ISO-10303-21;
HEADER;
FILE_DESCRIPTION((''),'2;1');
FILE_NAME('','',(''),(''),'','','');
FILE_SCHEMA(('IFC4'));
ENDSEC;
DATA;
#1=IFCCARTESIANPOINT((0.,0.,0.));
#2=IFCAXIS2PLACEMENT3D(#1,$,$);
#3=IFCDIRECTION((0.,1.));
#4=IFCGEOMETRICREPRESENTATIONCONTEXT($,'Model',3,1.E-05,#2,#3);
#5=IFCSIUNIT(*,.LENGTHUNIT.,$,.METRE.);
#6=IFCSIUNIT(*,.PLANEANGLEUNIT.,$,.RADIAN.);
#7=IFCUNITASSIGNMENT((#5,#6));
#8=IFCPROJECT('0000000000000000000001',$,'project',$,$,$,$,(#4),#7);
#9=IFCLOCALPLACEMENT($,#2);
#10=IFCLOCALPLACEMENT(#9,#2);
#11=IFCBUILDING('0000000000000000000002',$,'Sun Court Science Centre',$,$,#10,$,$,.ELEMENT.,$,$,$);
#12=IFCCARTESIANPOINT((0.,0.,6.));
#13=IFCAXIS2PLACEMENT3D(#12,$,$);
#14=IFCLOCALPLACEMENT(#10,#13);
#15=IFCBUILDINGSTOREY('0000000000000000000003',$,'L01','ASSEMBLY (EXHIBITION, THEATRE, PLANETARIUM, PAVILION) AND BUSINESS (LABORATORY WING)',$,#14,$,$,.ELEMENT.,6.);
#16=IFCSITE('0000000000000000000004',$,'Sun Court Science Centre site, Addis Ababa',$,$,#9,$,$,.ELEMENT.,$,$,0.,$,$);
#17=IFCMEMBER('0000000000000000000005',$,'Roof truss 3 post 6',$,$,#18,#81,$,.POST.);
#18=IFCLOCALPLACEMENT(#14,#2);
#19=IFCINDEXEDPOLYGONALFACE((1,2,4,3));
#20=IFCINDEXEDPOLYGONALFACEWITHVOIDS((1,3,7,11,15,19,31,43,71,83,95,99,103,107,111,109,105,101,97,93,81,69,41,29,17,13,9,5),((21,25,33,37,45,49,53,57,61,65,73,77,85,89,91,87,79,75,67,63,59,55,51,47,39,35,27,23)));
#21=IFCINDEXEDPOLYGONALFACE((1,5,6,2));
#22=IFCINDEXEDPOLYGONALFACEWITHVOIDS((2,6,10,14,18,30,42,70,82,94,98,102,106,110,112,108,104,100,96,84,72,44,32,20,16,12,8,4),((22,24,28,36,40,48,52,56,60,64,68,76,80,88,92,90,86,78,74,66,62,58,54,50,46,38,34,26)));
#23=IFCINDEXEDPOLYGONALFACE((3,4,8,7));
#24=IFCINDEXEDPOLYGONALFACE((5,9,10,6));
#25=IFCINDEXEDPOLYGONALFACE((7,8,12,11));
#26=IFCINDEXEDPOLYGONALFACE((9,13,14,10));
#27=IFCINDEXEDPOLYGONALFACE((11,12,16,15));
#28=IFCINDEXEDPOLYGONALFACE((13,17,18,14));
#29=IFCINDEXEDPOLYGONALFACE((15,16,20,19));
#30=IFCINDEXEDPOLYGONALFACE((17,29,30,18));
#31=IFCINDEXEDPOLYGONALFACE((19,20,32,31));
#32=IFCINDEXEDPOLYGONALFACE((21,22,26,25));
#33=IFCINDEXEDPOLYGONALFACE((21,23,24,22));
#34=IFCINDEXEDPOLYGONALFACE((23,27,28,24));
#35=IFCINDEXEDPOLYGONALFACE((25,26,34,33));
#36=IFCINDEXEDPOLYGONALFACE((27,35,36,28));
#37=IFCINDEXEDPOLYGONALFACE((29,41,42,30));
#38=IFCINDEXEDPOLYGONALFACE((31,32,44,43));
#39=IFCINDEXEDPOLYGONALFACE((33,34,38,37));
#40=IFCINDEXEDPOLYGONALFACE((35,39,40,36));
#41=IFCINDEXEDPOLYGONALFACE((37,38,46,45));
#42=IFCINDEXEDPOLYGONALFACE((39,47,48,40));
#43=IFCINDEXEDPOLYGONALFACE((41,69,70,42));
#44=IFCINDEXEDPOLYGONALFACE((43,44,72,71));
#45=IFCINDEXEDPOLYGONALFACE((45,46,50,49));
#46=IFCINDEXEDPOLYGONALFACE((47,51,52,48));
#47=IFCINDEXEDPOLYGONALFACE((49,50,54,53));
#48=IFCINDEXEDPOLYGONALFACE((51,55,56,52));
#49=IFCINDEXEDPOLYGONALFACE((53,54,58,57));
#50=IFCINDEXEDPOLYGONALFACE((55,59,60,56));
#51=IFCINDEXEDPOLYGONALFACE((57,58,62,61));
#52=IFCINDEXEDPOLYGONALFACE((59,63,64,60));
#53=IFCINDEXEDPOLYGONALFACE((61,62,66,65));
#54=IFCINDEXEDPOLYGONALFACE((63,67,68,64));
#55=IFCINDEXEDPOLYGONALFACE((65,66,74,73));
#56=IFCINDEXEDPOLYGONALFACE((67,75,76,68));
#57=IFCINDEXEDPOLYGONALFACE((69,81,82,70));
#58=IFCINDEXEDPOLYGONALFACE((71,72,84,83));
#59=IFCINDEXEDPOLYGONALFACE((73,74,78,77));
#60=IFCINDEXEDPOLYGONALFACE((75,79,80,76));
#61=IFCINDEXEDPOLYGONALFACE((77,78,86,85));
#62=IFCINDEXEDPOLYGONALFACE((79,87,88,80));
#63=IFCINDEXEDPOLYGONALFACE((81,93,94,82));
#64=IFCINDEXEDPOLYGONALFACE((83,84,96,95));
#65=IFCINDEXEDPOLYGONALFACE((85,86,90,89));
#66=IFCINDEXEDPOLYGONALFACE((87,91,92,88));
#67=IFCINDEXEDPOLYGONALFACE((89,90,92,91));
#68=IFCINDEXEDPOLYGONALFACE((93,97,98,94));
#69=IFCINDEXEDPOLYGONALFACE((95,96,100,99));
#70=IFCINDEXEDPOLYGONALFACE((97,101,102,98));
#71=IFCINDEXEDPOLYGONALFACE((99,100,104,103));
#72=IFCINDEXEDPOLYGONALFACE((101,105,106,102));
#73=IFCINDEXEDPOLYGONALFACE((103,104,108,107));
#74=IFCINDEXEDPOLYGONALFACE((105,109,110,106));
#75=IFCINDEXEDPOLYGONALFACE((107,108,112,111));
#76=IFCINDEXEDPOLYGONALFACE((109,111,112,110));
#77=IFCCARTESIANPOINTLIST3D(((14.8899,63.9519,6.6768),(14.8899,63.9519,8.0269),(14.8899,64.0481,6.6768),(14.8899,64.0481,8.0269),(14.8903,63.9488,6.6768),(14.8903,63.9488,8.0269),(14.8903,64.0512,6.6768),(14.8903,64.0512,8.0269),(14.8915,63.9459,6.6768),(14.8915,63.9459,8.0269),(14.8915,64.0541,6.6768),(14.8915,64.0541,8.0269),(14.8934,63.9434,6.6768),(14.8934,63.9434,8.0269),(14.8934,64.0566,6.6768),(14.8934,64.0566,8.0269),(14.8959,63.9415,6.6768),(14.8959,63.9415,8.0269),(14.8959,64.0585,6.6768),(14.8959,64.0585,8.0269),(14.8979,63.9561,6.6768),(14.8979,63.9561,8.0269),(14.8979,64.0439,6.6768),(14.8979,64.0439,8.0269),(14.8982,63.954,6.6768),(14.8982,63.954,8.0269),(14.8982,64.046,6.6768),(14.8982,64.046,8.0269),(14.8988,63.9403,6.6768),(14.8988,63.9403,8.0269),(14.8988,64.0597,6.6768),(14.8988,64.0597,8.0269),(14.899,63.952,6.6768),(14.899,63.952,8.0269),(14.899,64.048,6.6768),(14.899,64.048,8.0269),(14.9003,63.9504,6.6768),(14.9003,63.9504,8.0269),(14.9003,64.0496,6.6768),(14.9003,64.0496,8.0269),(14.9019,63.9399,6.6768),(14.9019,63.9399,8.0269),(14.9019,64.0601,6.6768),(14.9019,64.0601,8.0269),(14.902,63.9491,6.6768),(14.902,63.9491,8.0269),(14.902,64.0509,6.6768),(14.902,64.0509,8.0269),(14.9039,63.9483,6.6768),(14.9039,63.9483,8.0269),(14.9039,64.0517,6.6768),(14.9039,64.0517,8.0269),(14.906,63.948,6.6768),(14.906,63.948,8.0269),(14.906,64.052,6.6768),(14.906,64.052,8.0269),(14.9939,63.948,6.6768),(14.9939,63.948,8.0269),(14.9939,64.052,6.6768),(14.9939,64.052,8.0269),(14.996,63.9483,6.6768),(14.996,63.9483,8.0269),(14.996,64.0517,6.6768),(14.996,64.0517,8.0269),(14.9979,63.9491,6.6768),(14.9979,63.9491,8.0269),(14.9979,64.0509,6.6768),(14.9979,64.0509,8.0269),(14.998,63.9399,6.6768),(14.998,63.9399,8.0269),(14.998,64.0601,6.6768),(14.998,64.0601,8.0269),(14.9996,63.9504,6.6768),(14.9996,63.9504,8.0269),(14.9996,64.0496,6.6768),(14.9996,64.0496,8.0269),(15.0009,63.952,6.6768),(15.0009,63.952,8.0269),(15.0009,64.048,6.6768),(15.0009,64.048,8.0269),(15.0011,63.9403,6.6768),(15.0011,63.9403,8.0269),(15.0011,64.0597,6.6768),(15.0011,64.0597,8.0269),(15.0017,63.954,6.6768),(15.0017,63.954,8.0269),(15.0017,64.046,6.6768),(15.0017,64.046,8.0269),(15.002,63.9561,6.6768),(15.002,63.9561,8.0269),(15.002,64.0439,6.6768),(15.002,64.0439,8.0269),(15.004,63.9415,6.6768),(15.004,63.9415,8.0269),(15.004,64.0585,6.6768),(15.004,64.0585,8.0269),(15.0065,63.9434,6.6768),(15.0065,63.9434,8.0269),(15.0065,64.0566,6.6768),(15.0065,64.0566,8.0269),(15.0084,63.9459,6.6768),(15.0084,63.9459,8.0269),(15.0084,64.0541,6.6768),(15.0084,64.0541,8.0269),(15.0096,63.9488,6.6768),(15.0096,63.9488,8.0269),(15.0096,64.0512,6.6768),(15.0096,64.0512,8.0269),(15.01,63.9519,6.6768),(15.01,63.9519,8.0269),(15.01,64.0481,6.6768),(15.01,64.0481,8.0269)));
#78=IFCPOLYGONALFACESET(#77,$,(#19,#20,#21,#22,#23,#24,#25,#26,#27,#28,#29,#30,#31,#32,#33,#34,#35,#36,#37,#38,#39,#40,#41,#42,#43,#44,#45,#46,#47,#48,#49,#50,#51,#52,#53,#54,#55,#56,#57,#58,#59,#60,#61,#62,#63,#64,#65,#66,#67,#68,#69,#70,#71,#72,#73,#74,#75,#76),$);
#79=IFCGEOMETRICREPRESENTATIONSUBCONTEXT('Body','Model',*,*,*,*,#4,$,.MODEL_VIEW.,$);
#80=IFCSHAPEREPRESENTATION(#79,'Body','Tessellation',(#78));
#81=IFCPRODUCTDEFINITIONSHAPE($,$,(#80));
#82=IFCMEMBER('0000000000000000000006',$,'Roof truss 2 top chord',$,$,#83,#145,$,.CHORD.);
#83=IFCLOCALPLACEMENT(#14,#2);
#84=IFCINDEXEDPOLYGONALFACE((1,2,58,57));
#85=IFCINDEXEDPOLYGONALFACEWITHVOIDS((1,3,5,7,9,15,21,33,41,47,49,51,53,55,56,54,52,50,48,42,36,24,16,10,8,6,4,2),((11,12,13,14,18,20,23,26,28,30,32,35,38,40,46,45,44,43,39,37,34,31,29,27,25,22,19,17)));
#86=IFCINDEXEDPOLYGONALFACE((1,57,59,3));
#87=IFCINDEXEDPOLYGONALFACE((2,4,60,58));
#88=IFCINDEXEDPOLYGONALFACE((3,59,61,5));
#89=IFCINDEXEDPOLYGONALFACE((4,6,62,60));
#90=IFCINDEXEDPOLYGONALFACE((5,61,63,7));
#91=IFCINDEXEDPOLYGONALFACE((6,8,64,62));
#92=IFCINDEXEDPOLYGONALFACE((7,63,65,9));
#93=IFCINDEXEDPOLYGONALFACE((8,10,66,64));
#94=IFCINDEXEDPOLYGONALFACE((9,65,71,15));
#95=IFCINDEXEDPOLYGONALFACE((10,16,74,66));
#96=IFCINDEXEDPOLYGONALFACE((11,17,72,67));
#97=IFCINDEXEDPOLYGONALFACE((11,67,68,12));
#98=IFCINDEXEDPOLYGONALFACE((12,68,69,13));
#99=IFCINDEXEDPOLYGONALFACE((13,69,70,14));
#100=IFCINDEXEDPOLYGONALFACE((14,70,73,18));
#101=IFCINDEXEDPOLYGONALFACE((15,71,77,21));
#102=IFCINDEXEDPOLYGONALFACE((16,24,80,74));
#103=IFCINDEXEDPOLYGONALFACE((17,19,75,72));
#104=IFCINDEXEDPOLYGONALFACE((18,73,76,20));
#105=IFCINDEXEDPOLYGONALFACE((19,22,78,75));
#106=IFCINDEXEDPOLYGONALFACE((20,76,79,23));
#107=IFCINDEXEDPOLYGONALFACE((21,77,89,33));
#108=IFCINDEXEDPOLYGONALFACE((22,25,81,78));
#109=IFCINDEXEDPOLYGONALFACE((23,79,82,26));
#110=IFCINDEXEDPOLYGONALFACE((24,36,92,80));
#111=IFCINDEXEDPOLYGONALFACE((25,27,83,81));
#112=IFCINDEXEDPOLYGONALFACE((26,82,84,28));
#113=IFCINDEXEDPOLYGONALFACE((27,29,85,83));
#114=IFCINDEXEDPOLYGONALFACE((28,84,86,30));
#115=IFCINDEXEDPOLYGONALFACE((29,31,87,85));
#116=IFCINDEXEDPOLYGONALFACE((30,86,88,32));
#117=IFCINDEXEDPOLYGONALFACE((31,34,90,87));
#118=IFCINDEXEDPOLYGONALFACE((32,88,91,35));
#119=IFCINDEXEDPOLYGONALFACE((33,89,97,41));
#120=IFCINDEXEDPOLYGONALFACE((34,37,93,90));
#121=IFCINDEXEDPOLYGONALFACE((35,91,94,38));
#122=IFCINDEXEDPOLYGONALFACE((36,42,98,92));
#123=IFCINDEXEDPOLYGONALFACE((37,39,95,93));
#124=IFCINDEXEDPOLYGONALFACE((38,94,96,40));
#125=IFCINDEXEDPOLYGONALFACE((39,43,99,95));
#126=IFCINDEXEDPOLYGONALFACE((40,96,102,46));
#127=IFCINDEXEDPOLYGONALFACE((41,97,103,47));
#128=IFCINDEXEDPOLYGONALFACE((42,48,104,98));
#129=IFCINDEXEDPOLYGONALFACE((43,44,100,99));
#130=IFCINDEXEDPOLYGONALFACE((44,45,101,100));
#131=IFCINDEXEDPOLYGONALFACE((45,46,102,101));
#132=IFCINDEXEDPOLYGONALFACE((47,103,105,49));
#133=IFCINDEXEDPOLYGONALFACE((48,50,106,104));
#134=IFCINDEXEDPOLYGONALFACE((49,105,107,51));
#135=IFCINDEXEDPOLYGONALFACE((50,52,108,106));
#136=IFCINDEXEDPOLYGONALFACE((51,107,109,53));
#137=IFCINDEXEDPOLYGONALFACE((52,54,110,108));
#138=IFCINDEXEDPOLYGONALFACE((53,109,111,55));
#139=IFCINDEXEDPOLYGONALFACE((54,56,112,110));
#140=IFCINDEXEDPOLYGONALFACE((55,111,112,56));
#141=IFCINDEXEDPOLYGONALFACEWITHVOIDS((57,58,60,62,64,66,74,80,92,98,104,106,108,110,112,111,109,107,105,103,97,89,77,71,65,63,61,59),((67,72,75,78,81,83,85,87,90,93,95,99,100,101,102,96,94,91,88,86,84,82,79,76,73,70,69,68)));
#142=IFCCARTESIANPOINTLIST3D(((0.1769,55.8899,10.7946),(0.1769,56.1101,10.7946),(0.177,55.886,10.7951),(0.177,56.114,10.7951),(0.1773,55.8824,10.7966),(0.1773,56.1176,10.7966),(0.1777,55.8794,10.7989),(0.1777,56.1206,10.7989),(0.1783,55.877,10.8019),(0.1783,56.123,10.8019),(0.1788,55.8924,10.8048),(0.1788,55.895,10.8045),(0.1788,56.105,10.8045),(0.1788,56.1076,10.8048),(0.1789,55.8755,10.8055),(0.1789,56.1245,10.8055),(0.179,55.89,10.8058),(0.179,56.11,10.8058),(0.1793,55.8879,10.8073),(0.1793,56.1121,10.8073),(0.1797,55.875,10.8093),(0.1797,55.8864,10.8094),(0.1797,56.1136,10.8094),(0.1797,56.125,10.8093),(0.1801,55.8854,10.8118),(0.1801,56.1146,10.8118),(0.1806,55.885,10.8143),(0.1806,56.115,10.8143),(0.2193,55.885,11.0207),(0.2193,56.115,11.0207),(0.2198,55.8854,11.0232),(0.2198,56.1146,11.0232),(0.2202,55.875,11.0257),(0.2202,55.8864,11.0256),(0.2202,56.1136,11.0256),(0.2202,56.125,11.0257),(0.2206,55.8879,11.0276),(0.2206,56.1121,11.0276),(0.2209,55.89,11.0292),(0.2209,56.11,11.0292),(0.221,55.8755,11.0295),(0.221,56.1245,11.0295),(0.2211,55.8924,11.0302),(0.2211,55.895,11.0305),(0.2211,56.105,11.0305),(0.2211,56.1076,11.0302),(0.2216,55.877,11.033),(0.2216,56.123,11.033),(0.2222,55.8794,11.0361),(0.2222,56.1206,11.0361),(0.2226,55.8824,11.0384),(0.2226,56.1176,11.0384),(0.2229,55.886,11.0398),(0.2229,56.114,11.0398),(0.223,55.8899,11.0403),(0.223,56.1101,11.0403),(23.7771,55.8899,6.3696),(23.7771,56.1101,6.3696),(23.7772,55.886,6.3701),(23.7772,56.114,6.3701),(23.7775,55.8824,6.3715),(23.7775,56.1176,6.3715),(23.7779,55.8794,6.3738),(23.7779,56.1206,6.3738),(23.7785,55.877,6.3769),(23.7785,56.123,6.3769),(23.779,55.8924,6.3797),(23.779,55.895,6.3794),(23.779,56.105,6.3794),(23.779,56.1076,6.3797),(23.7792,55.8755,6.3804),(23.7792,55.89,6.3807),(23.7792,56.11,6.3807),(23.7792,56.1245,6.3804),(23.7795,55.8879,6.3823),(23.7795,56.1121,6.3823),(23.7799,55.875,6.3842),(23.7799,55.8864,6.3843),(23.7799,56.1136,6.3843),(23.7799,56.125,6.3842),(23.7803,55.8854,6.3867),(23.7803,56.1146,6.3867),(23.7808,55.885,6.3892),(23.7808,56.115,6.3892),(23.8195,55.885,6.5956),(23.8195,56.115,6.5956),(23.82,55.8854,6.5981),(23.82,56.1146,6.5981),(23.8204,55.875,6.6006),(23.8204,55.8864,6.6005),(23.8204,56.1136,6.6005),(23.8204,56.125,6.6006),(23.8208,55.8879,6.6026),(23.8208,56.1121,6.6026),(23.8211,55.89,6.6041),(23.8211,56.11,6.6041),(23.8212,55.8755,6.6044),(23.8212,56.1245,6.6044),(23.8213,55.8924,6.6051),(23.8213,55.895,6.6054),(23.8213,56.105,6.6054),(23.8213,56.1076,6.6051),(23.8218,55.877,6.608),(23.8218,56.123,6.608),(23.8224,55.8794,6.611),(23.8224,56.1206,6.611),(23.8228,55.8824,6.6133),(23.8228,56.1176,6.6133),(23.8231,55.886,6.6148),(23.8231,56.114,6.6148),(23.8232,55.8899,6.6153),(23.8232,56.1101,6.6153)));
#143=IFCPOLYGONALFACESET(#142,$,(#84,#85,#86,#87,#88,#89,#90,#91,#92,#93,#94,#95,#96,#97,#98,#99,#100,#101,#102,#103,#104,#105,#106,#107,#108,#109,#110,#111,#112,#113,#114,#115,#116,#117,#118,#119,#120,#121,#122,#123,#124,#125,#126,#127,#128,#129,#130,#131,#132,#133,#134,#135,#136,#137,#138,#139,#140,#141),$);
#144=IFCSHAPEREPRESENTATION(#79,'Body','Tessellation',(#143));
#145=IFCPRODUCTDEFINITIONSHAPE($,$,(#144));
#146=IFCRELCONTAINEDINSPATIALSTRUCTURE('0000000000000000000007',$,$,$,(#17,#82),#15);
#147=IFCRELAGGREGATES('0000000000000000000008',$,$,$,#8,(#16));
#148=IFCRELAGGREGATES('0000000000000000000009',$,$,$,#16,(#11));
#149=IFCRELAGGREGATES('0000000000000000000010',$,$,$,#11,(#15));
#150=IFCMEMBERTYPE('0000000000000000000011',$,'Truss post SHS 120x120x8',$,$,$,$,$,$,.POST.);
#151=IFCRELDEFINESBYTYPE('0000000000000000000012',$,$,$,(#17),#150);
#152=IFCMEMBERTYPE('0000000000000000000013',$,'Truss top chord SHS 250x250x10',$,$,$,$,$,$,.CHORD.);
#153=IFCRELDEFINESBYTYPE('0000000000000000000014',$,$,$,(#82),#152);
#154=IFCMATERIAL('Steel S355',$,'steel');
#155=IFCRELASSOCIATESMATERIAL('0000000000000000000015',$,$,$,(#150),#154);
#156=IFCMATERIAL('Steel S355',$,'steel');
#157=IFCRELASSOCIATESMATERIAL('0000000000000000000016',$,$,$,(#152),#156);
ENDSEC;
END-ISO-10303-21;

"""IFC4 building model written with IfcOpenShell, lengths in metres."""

from ifc_helpers import new_model, si_unit, direction, frame, origin, origin_2d, place, context, subcontext, project, spatial, hollow_rectangle, extrude, material, material_profile, profile_set, type_object, element, save


model = new_model("IFC4")

# Units and contexts
model_context = context("Model", 3, precision=1e-05, world=origin(), true_north=direction((0.0, 1.0)))
body_context = subcontext(model_context, "Body", "Model", "MODEL_VIEW")
ifc_project = project(units=[si_unit("LENGTHUNIT", "METRE"), si_unit("PLANEANGLEUNIT", "RADIAN")], contexts=[model_context])

# Site, building, storey
site_placement = place(None, origin())
site = spatial("IfcSite", under=ifc_project, at=site_placement, Name="Sun Court Science Centre site, Addis Ababa", CompositionType="ELEMENT", RefElevation=0.0)
building_placement = place(site_placement, origin())
building = spatial("IfcBuilding", under=site, at=building_placement, Name="Sun Court Science Centre", CompositionType="ELEMENT")
storey_placement = place(building_placement, frame((0.0, 0.0, 6.0)))
storey = spatial("IfcBuildingStorey", under=building, at=storey_placement, Name="L01", Description="ASSEMBLY (EXHIBITION, THEATRE, PLANETARIUM, PAVILION) AND BUSINESS (LABORATORY WING)", CompositionType="ELEMENT", Elevation=6.0)

# Members
ifc_material_1 = material(Name="Steel S355", Category="steel")
ifc_material_profile_1 = material_profile(ifc_material_1, hollow_rectangle(XDim=0.1201, YDim=0.1201, WallThickness=0.0081, InnerFilletRadius=0.0081, OuterFilletRadius=0.012, at=origin_2d()), Name="SHS 120x120x8")
ifc_profile_set_1 = profile_set([ifc_material_profile_1], Name="Steel S355")
member_type_1 = type_object("IfcMemberType", Name="Truss post SHS 120x120x8", PredefinedType="POST", material=ifc_profile_set_1)
for number, where, z_axis, x_axis, name in (
    (1, (14.95, 64.0, 6.6768), (0.0, 0.0, 1.0), (1.0, 0.0, 0.0), "Roof truss 3 post 6"),
):
    element("IfcMember", number, at=place(storey_placement, frame(where, z_axis=z_axis, x_axis=x_axis)), inside=storey, type_object=member_type_1, Name=name, PredefinedType="POST", context=body_context, shape_type="SweptSolid", body=[
        extrude(hollow_rectangle(XDim=0.1201, YDim=0.1201, WallThickness=0.0081, InnerFilletRadius=0.0081, OuterFilletRadius=0.012, at=origin_2d()), origin(), (0.0, 0.0, 1.0), 1.3501),
    ])
ifc_material_2 = material(Name="Steel S355", Category="steel")
ifc_material_profile_2 = material_profile(ifc_material_2, hollow_rectangle(XDim=0.25, YDim=0.25, WallThickness=0.01, InnerFilletRadius=0.01, OuterFilletRadius=0.0149, at=origin_2d()), Name="SHS 250x250x10")
ifc_profile_set_2 = profile_set([ifc_material_profile_2], Name="Steel S355")
member_type_2 = type_object("IfcMemberType", Name="Truss top chord SHS 250x250x10", PredefinedType="CHORD", material=ifc_profile_set_2)
for number, where, z_axis, x_axis, name in (
    (2, (0.2, 56.0, 10.9175), (0.982872, 0.0, -0.18429), (0.0, 1.0, 0.0), "Roof truss 2 top chord"),
):
    element("IfcMember", number, at=place(storey_placement, frame(where, z_axis=z_axis, x_axis=x_axis)), inside=storey, type_object=member_type_2, Name=name, PredefinedType="CHORD", context=body_context, shape_type="SweptSolid", body=[
        extrude(hollow_rectangle(XDim=0.25, YDim=0.25, WallThickness=0.01, InnerFilletRadius=0.01, OuterFilletRadius=0.0149, at=origin_2d()), origin(), (0.0, 0.0, 1.0), 24.0115),
    ])

save(model, "model.ifc")
